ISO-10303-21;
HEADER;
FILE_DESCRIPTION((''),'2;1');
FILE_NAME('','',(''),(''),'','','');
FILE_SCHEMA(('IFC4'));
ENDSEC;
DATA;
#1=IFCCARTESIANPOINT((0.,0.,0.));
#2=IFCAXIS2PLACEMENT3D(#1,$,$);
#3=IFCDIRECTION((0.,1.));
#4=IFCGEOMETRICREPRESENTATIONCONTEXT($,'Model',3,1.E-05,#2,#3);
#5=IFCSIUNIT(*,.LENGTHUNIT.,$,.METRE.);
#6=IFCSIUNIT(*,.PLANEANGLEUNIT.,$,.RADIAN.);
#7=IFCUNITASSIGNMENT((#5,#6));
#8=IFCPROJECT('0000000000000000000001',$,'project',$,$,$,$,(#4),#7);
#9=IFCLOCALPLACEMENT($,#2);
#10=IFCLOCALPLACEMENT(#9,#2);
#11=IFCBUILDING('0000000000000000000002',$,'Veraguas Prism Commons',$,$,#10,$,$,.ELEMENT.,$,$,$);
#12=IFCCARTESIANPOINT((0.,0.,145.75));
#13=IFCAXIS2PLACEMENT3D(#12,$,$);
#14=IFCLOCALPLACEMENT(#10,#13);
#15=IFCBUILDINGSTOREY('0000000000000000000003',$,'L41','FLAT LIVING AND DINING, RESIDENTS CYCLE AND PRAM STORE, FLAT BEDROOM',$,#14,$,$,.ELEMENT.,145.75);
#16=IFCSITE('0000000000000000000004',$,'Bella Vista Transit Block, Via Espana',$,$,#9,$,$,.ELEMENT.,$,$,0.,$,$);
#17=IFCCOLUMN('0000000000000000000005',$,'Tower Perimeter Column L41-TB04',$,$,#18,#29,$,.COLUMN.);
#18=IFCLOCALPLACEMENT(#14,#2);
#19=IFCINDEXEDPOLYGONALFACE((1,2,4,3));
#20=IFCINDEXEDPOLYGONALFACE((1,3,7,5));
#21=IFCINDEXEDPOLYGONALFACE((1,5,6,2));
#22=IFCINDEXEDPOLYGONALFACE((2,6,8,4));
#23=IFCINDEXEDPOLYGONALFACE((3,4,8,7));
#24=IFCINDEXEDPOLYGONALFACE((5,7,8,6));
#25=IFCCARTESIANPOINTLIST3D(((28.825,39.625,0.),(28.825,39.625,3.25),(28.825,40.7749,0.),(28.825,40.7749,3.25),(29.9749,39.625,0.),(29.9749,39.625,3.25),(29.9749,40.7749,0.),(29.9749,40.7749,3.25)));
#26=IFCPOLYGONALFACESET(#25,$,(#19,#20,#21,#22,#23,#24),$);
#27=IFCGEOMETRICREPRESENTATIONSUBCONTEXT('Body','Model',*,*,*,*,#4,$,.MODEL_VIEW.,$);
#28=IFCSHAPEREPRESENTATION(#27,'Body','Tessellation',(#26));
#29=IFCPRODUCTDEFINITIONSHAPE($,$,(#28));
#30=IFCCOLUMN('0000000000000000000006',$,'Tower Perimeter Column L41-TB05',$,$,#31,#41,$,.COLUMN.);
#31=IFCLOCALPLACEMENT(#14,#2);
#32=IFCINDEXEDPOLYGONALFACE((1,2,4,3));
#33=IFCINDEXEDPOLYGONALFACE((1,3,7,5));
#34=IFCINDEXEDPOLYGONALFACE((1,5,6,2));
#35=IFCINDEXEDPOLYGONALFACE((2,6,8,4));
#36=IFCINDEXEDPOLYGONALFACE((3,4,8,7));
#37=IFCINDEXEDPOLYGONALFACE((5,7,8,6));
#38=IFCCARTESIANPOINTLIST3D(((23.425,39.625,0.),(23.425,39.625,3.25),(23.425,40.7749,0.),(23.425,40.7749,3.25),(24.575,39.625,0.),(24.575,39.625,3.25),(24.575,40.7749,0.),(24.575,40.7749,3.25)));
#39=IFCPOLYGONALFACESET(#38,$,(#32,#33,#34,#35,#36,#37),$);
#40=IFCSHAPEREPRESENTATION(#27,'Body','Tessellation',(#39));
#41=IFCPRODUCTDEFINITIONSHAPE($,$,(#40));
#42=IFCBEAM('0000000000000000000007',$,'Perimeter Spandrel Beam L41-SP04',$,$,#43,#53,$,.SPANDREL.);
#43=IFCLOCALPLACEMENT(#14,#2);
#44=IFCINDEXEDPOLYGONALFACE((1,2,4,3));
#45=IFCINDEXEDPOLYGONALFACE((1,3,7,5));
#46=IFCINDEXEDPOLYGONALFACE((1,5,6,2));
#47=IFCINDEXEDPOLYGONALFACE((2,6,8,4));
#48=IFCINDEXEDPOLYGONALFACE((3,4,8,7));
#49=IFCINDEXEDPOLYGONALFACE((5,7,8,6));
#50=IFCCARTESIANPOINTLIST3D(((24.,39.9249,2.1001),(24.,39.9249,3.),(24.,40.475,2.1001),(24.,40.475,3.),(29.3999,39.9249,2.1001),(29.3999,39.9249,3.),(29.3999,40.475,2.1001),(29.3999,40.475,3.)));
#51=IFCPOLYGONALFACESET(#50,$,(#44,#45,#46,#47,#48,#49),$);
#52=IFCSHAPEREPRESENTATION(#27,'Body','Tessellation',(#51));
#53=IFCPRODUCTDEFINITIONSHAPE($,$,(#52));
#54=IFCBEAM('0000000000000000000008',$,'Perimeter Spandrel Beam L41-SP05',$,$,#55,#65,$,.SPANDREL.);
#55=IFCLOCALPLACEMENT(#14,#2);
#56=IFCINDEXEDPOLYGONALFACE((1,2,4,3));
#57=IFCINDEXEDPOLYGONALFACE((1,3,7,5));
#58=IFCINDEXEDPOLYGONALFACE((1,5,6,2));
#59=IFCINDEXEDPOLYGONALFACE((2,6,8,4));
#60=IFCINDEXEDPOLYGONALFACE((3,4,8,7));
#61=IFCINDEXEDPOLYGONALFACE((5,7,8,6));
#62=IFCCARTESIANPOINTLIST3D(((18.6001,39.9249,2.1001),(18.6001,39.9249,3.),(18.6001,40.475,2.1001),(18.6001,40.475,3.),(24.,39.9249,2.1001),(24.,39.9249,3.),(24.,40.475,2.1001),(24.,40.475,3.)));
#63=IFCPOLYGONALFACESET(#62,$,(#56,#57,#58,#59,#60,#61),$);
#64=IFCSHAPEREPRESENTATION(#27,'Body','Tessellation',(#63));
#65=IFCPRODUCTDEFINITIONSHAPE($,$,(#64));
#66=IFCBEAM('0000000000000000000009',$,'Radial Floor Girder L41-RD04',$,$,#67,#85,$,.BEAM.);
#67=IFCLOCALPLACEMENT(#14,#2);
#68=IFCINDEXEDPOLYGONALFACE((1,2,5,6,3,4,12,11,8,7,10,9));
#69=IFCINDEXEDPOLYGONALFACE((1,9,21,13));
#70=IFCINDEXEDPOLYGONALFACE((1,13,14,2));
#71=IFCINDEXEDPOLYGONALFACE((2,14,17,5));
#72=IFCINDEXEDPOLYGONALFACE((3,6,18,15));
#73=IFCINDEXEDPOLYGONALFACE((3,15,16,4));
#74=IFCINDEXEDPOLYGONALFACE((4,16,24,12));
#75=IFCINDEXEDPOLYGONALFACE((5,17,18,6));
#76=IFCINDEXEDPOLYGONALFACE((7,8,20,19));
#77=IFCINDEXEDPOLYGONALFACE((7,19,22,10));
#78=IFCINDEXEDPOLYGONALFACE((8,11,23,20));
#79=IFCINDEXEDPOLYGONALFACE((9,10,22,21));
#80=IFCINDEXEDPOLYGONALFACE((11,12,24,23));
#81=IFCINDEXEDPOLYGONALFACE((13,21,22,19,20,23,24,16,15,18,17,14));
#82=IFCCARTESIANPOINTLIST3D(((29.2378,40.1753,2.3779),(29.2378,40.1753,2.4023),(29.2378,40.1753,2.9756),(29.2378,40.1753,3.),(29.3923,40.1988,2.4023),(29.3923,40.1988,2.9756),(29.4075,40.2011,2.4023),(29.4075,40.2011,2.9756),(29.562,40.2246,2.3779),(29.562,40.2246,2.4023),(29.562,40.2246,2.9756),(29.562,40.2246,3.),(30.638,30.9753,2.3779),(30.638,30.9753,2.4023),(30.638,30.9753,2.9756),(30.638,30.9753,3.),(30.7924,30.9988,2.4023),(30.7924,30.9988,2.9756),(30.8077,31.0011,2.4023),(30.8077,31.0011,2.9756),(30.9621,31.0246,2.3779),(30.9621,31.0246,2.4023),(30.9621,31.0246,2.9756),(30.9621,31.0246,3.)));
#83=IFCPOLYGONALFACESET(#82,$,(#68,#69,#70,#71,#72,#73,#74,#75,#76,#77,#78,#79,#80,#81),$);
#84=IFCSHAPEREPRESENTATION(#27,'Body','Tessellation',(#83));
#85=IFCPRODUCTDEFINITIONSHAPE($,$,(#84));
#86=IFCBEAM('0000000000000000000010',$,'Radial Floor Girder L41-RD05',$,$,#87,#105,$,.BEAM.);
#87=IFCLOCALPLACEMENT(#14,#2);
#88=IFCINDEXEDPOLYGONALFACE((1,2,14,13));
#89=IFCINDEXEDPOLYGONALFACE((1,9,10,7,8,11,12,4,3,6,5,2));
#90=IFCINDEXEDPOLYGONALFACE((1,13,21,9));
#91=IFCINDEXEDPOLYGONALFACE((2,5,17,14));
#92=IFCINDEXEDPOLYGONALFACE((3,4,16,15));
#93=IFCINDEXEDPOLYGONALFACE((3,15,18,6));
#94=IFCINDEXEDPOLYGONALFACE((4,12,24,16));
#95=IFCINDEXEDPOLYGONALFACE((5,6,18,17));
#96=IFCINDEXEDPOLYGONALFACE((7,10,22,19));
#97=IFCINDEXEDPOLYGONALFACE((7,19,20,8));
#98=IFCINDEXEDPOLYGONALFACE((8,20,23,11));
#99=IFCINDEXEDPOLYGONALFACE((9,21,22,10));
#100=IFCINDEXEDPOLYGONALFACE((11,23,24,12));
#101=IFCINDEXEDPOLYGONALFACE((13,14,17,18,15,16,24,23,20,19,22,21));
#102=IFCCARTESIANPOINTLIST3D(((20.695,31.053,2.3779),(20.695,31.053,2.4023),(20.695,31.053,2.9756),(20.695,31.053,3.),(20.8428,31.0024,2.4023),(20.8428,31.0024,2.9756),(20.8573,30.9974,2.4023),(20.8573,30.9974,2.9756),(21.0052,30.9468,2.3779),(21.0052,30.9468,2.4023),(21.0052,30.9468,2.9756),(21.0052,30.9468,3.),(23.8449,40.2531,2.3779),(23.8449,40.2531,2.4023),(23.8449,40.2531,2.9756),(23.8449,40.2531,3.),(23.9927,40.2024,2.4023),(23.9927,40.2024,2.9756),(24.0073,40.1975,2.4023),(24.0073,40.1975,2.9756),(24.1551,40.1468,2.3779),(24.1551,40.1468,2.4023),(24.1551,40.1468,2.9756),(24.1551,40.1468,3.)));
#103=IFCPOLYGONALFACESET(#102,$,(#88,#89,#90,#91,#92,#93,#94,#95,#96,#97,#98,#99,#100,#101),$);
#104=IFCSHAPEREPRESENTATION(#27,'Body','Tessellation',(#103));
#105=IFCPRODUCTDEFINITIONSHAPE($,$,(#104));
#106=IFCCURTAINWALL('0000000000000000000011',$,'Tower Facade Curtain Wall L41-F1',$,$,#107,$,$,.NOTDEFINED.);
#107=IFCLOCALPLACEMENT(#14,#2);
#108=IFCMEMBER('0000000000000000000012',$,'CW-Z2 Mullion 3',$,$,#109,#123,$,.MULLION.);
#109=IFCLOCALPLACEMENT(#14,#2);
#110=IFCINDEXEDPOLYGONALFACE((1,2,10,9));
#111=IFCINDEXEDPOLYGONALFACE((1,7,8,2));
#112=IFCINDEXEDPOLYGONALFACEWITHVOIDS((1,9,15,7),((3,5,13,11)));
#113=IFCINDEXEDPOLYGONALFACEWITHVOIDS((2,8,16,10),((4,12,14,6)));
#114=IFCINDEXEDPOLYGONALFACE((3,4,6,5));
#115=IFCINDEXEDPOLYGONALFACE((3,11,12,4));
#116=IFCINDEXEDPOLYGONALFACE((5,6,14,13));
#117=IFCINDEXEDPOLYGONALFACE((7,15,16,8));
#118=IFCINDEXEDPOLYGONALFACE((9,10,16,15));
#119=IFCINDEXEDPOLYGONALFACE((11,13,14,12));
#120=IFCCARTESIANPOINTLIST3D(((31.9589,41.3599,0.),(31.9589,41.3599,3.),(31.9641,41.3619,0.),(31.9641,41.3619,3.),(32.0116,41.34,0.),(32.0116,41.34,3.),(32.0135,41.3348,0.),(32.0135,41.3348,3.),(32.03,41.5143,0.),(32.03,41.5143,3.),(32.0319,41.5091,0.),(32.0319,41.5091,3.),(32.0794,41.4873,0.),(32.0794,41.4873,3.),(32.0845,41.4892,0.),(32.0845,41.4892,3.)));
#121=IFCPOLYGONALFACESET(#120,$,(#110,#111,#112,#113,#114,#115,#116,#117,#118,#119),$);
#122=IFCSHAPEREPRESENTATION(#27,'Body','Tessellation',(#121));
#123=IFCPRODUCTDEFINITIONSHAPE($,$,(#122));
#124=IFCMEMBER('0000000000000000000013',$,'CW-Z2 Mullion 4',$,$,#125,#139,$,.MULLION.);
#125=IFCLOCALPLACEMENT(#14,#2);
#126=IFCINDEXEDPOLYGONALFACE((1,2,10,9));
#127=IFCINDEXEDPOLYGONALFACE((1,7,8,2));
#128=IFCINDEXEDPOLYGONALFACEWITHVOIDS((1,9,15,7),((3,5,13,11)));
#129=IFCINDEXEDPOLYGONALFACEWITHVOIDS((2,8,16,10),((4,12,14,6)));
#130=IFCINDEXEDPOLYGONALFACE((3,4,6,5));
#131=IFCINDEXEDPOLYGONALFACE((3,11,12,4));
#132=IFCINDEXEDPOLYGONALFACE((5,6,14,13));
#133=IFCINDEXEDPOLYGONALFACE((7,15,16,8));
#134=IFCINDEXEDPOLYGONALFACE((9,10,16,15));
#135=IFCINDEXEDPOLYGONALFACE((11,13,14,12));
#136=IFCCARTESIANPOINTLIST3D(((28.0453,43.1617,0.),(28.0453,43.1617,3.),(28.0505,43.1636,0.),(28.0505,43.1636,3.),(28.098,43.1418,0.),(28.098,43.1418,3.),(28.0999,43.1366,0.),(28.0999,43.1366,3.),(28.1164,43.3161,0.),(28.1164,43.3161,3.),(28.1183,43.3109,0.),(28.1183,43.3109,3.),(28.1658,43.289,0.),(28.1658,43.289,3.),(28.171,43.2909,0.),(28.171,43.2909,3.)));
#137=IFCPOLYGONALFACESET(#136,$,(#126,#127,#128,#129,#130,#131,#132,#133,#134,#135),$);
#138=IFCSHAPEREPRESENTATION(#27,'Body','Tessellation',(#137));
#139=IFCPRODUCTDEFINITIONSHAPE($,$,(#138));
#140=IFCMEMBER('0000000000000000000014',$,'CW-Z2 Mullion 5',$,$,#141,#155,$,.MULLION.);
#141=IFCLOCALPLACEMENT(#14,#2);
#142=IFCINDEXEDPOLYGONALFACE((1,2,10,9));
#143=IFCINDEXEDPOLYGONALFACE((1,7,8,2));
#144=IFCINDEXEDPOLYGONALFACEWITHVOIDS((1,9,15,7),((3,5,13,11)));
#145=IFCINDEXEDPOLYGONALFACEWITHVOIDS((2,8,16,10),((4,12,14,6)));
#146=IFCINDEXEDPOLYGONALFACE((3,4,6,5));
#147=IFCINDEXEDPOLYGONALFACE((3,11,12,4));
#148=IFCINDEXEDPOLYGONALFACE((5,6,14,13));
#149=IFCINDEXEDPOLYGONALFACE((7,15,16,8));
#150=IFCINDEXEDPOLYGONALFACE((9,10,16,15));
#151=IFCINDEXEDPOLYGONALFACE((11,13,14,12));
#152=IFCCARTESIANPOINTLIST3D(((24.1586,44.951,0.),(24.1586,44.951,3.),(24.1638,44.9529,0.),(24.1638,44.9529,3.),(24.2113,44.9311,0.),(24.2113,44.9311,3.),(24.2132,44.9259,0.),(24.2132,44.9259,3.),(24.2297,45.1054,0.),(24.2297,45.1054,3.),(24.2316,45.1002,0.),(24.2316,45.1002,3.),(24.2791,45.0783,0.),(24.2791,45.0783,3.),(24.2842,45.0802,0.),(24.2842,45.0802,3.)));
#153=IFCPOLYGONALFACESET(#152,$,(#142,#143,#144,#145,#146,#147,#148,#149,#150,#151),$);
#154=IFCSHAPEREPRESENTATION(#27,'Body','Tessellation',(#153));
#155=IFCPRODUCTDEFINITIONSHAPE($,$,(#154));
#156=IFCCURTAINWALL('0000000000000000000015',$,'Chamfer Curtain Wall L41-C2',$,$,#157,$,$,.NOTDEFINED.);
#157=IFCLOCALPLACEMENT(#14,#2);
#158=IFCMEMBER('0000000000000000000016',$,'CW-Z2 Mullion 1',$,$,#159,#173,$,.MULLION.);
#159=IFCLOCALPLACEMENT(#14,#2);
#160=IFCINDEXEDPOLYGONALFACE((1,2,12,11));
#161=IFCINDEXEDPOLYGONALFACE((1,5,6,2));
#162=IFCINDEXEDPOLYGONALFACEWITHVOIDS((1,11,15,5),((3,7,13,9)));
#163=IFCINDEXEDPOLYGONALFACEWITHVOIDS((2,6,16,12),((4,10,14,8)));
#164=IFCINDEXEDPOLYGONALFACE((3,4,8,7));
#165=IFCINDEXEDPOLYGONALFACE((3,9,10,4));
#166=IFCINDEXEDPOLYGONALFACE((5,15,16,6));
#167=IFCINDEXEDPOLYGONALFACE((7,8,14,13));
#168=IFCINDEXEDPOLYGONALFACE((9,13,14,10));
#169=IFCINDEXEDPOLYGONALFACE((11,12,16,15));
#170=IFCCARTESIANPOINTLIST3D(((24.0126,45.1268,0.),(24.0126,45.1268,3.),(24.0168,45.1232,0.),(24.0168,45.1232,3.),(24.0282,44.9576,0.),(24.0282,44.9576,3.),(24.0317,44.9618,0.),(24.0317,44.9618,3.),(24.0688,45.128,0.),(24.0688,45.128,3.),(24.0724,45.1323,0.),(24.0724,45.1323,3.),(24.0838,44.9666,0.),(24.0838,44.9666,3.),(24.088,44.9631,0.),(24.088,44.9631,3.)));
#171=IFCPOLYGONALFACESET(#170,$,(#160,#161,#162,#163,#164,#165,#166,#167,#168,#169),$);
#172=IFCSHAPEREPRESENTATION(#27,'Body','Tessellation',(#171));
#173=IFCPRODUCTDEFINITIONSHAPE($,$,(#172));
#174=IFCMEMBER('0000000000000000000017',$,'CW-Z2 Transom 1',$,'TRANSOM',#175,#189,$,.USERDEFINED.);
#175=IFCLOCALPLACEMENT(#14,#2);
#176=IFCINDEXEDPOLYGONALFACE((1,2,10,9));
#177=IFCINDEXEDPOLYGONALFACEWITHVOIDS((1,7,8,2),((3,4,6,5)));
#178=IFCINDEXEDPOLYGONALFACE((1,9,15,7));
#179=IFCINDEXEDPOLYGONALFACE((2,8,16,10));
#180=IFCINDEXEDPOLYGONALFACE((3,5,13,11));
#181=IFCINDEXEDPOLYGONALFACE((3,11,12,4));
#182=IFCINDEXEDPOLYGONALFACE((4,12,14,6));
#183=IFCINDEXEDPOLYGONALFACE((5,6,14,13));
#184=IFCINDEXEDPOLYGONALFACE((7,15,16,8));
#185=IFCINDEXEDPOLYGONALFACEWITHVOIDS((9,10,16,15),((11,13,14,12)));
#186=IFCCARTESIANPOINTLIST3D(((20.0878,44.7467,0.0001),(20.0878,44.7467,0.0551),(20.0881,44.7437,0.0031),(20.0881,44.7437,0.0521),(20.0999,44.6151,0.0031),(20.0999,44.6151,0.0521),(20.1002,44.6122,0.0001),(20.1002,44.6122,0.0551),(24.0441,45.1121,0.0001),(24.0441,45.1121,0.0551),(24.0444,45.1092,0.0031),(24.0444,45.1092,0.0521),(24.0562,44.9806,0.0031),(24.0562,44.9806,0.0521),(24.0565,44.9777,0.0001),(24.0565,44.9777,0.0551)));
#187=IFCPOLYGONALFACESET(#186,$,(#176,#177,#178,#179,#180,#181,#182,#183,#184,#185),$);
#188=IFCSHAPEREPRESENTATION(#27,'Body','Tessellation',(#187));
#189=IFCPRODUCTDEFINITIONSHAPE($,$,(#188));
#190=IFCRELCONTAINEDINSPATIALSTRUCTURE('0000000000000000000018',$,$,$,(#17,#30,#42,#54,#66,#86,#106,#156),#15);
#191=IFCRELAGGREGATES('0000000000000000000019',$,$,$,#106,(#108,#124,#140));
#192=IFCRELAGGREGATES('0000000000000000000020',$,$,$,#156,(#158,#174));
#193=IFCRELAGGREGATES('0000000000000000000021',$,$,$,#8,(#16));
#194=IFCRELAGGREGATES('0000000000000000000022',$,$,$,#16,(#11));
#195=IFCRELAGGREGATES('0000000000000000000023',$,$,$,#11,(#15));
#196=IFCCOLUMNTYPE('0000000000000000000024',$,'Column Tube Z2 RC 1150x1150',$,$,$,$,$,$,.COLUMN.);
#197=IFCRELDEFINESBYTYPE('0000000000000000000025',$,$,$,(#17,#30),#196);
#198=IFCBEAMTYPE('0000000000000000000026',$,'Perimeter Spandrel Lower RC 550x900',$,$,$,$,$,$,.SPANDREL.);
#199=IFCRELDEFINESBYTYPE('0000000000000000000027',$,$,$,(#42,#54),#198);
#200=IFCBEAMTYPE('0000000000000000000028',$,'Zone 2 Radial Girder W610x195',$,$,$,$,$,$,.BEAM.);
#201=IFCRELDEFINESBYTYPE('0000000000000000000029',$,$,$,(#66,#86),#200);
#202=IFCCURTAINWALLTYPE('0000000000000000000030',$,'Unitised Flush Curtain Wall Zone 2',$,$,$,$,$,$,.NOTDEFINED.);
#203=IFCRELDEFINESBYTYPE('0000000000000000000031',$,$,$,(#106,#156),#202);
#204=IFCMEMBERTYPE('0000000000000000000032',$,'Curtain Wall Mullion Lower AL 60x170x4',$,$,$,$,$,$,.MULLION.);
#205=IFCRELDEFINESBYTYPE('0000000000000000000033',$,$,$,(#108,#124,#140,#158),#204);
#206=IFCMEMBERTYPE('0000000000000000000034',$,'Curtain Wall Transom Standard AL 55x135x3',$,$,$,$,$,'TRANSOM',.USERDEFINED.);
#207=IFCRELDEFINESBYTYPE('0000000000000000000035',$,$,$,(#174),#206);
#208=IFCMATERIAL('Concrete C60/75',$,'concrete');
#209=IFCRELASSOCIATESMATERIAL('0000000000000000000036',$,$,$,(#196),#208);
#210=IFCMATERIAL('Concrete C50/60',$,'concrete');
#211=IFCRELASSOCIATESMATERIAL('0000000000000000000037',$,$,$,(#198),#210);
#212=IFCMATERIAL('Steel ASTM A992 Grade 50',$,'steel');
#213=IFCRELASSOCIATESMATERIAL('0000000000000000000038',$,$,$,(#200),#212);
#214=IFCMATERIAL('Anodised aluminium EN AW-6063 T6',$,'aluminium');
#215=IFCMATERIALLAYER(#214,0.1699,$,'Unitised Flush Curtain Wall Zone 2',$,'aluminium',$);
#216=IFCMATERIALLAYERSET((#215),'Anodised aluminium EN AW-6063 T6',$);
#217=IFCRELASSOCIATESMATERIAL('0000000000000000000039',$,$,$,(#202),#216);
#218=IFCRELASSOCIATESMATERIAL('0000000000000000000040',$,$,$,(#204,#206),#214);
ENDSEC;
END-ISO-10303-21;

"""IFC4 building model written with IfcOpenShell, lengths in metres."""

from ifc_helpers import new_model, si_unit, direction, frame, origin, origin_2d, place, context, subcontext, project, spatial, rectangle, hollow_rectangle, i_section, extrude, source, transform, mapped, material, layer, layer_set, material_profile, profile_set, type_object, element, aggregate, save


model = new_model("IFC4")

# Units and contexts
model_context = context("Model", 3, precision=1e-05, world=origin(), true_north=direction((0.0, 1.0)))
body_context = subcontext(model_context, "Body", "Model", "MODEL_VIEW")
ifc_project = project(units=[si_unit("LENGTHUNIT", "METRE"), si_unit("PLANEANGLEUNIT", "RADIAN")], contexts=[model_context])

# Site, building, storey
site_placement = place(None, origin())
site = spatial("IfcSite", under=ifc_project, at=site_placement, Name="Bella Vista Transit Block, Via Espana", CompositionType="ELEMENT", RefElevation=0.0)
building_placement = place(site_placement, origin())
building = spatial("IfcBuilding", under=site, at=building_placement, Name="Veraguas Prism Commons", CompositionType="ELEMENT")
storey_placement = place(building_placement, frame((0.0, 0.0, 145.75)))
storey = spatial("IfcBuildingStorey", under=building, at=storey_placement, Name="L41", Description="FLAT LIVING AND DINING, RESIDENTS CYCLE AND PRAM STORE, FLAT BEDROOM", CompositionType="ELEMENT", Elevation=145.75)

# Columns
ifc_material_1 = material(Name="Concrete C60/75", Category="concrete")
ifc_material_profile_1 = material_profile(ifc_material_1, rectangle(XDim=1.1499, YDim=1.1499, at=origin_2d()), Name="RC1150X1150")
ifc_profile_set_1 = profile_set([ifc_material_profile_1], Name="Concrete C60/75")
column_type = type_object("IfcColumnType", Name="Column Tube Z2 RC 1150x1150", PredefinedType="COLUMN", material=ifc_profile_set_1)
for number, where, z_axis, x_axis, name in (
    (1, (29.3999, 40.2, 0.0), (0.0, 0.0, 1.0), (1.0, 0.0, 0.0), "Tower Perimeter Column L41-TB04"),
    (2, (24.0, 40.2, 0.0), (0.0, 0.0, 1.0), (1.0, 0.0, 0.0), "Tower Perimeter Column L41-TB05"),
):
    element("IfcColumn", number, at=place(storey_placement, frame(where, z_axis=z_axis, x_axis=x_axis)), inside=storey, type_object=column_type, Name=name, PredefinedType="COLUMN", context=body_context, shape_type="SweptSolid", body=[
        extrude(rectangle(XDim=1.1499, YDim=1.1499, at=origin_2d()), origin(), (0.0, 0.0, 1.0), 3.25),
    ])

# Beams
ifc_material_2 = material(Name="Concrete C50/60", Category="concrete")
ifc_material_profile_2 = material_profile(ifc_material_2, rectangle(XDim=0.55, YDim=0.8999, at=origin_2d()), Name="RC550X900")
ifc_profile_set_2 = profile_set([ifc_material_profile_2], Name="Concrete C50/60")
beam_type_1 = type_object("IfcBeamType", Name="Perimeter Spandrel Lower RC 550x900", PredefinedType="SPANDREL", material=ifc_profile_set_2)
for number, where, z_axis, x_axis, name in (
    (3, (29.3999, 40.2, 2.55), (-1.0, 0.0, 0.0), (0.0, -1.0, 0.0), "Perimeter Spandrel Beam L41-SP04"),
    (4, (24.0, 40.2, 2.55), (-1.0, 0.0, 0.0), (0.0, -1.0, 0.0), "Perimeter Spandrel Beam L41-SP05"),
):
    element("IfcBeam", number, at=place(storey_placement, frame(where, z_axis=z_axis, x_axis=x_axis)), inside=storey, type_object=beam_type_1, Name=name, PredefinedType="SPANDREL", context=body_context, shape_type="SweptSolid", body=[
        extrude(rectangle(XDim=0.55, YDim=0.8999, at=origin_2d()), origin(), (0.0, 0.0, 1.0), 5.3999),
    ])
ifc_material_3 = material(Name="Steel ASTM A992 Grade 50", Category="steel")
ifc_material_profile_3 = material_profile(ifc_material_3, i_section(OverallWidth=0.3279, OverallDepth=0.6221, WebThickness=0.0154, FlangeThickness=0.0244, at=origin_2d()), Name="W610X195")
ifc_profile_set_3 = profile_set([ifc_material_profile_3], Name="Steel ASTM A992 Grade 50")
beam_type_2 = type_object("IfcBeamType", Name="Zone 2 Radial Girder W610x195", PredefinedType="BEAM", material=ifc_profile_set_3)
beam_1_placement = place(storey_placement, frame((29.3999, 40.2, 2.689), z_axis=(0.150458, -0.988616, 0.0), x_axis=(0.988616, 0.150458, 0.0)))
element("IfcBeam", 5, at=beam_1_placement, inside=storey, type_object=beam_type_2, Name="Radial Floor Girder L41-RD04", PredefinedType="BEAM", context=body_context, shape_type="SweptSolid", body=[
    extrude(i_section(OverallWidth=0.3279, OverallDepth=0.6221, WebThickness=0.0154, FlangeThickness=0.0244, at=origin_2d()), origin(), (0.0, 0.0, 1.0), 9.3059),
])
beam_2_placement = place(storey_placement, frame((24.0, 40.2, 2.689), z_axis=(-0.323922, -0.946084, 0.0), x_axis=(0.946084, -0.323922, 0.0)))
element("IfcBeam", 6, at=beam_2_placement, inside=storey, type_object=beam_type_2, Name="Radial Floor Girder L41-RD05", PredefinedType="BEAM", context=body_context, shape_type="SweptSolid", body=[
    extrude(i_section(OverallWidth=0.3279, OverallDepth=0.6221, WebThickness=0.0154, FlangeThickness=0.0244, at=origin_2d()), origin(), (0.0, 0.0, 1.0), 9.7244),
])

# Curtain walls, members
ifc_material_4 = material(Name="Anodised aluminium EN AW-6063 T6", Category="aluminium")
ifc_layer_1 = layer(ifc_material_4, 0.1699, Name="Unitised Flush Curtain Wall Zone 2", Category="aluminium")
ifc_layer_set_1 = layer_set([ifc_layer_1], Name="Anodised aluminium EN AW-6063 T6")
curtain_wall_type = type_object("IfcCurtainWallType", Name="Unitised Flush Curtain Wall Zone 2", PredefinedType="NOTDEFINED", material=ifc_layer_set_1)
curtain_wall_1_placement = place(storey_placement, origin())
curtain_wall_1 = element("IfcCurtainWall", 7, at=curtain_wall_1_placement, inside=storey, type_object=curtain_wall_type, Name="Tower Facade Curtain Wall L41-F1", PredefinedType="NOTDEFINED")
ifc_material_profile_4 = material_profile(ifc_material_4, hollow_rectangle(XDim=0.0601, YDim=0.1699, WallThickness=0.0039, at=origin_2d()), Name="AL60X170X4")
ifc_profile_set_4 = profile_set([ifc_material_profile_4], Name="Anodised aluminium EN AW-6063 T6")
member_type_1 = type_object("IfcMemberType", Name="Curtain Wall Mullion Lower AL 60x170x4", PredefinedType="MULLION", material=ifc_profile_set_4)
shared_shape_1 = source(origin(), body_context, "Body", "SweptSolid", [
    extrude(hollow_rectangle(XDim=0.0601, YDim=0.1699, WallThickness=0.0039, at=origin_2d()), origin(), (0.0, 0.0, 1.0), 3.0),
])
member_1_placement = place(storey_placement, frame((32.0217, 41.4246, 0.0), z_axis=(0.0, 0.0, 1.0), x_axis=(-0.908363, 0.418183, 0.0)))
member_1 = element("IfcMember", 8, at=member_1_placement, type_object=member_type_1, Name="CW-Z2 Mullion 3", PredefinedType="MULLION", context=body_context, shape_type="MappedRepresentation", body=[
    mapped(shared_shape_1, transform((0.0, 0.0, 0.0), scale=1.0)),
])
member_2_placement = place(storey_placement, frame((28.1082, 43.2263, 0.0), z_axis=(0.0, 0.0, 1.0), x_axis=(-0.908363, 0.418183, 0.0)))
member_2 = element("IfcMember", 9, at=member_2_placement, type_object=member_type_1, Name="CW-Z2 Mullion 4", PredefinedType="MULLION", context=body_context, shape_type="MappedRepresentation", body=[
    mapped(shared_shape_1, transform((0.0, 0.0, 0.0), scale=1.0)),
])
member_3_placement = place(storey_placement, frame((24.2214, 45.0156, 0.0), z_axis=(0.0, 0.0, 1.0), x_axis=(-0.908363, 0.418183, 0.0)))
member_3 = element("IfcMember", 10, at=member_3_placement, type_object=member_type_1, Name="CW-Z2 Mullion 5", PredefinedType="MULLION", context=body_context, shape_type="MappedRepresentation", body=[
    mapped(shared_shape_1, transform((0.0, 0.0, 0.0), scale=1.0)),
])
curtain_wall_2_placement = place(storey_placement, origin())
curtain_wall_2 = element("IfcCurtainWall", 11, at=curtain_wall_2_placement, inside=storey, type_object=curtain_wall_type, Name="Chamfer Curtain Wall L41-C2", PredefinedType="NOTDEFINED")
member_4_placement = place(storey_placement, frame((24.0503, 45.0449, 0.0), z_axis=(0.0, 0.0, 1.0), x_axis=(-0.995756, -0.092035, 0.0)))
member_4 = element("IfcMember", 12, at=member_4_placement, type_object=member_type_1, Name="CW-Z2 Mullion 1", PredefinedType="MULLION", context=body_context, shape_type="MappedRepresentation", body=[
    mapped(shared_shape_1, transform((0.0, 0.0, 0.0), scale=1.0)),
])
ifc_material_profile_5 = material_profile(ifc_material_4, hollow_rectangle(XDim=0.0549, YDim=0.135, WallThickness=0.0029, at=origin_2d()), Name="AL55X135X3")
ifc_profile_set_5 = profile_set([ifc_material_profile_5], Name="Anodised aluminium EN AW-6063 T6")
member_type_2 = type_object("IfcMemberType", Name="Curtain Wall Transom Standard AL 55x135x3", ElementType="TRANSOM", PredefinedType="USERDEFINED", material=ifc_profile_set_5)
shared_shape_2 = source(origin(), body_context, "Body", "SweptSolid", [
    extrude(hollow_rectangle(XDim=0.0549, YDim=0.135, WallThickness=0.0029, at=origin_2d()), origin(), (0.0, 0.0, 1.0), 3.9731),
])
member_5_placement = place(storey_placement, frame((24.0503, 45.0449, 0.0276), z_axis=(-0.99576, -0.091987, 0.0), x_axis=(0.0, 0.0, 1.0)))
member_5 = element("IfcMember", 13, at=member_5_placement, type_object=member_type_2, Name="CW-Z2 Transom 1", ObjectType="TRANSOM", PredefinedType="USERDEFINED", context=body_context, shape_type="MappedRepresentation", body=[
    mapped(shared_shape_2, transform((0.0, 0.0, 0.0), scale=1.0)),
])

aggregate(curtain_wall_1, [member_1, member_2, member_3])
aggregate(curtain_wall_2, [member_4, member_5])

save(model, "model.ifc")
